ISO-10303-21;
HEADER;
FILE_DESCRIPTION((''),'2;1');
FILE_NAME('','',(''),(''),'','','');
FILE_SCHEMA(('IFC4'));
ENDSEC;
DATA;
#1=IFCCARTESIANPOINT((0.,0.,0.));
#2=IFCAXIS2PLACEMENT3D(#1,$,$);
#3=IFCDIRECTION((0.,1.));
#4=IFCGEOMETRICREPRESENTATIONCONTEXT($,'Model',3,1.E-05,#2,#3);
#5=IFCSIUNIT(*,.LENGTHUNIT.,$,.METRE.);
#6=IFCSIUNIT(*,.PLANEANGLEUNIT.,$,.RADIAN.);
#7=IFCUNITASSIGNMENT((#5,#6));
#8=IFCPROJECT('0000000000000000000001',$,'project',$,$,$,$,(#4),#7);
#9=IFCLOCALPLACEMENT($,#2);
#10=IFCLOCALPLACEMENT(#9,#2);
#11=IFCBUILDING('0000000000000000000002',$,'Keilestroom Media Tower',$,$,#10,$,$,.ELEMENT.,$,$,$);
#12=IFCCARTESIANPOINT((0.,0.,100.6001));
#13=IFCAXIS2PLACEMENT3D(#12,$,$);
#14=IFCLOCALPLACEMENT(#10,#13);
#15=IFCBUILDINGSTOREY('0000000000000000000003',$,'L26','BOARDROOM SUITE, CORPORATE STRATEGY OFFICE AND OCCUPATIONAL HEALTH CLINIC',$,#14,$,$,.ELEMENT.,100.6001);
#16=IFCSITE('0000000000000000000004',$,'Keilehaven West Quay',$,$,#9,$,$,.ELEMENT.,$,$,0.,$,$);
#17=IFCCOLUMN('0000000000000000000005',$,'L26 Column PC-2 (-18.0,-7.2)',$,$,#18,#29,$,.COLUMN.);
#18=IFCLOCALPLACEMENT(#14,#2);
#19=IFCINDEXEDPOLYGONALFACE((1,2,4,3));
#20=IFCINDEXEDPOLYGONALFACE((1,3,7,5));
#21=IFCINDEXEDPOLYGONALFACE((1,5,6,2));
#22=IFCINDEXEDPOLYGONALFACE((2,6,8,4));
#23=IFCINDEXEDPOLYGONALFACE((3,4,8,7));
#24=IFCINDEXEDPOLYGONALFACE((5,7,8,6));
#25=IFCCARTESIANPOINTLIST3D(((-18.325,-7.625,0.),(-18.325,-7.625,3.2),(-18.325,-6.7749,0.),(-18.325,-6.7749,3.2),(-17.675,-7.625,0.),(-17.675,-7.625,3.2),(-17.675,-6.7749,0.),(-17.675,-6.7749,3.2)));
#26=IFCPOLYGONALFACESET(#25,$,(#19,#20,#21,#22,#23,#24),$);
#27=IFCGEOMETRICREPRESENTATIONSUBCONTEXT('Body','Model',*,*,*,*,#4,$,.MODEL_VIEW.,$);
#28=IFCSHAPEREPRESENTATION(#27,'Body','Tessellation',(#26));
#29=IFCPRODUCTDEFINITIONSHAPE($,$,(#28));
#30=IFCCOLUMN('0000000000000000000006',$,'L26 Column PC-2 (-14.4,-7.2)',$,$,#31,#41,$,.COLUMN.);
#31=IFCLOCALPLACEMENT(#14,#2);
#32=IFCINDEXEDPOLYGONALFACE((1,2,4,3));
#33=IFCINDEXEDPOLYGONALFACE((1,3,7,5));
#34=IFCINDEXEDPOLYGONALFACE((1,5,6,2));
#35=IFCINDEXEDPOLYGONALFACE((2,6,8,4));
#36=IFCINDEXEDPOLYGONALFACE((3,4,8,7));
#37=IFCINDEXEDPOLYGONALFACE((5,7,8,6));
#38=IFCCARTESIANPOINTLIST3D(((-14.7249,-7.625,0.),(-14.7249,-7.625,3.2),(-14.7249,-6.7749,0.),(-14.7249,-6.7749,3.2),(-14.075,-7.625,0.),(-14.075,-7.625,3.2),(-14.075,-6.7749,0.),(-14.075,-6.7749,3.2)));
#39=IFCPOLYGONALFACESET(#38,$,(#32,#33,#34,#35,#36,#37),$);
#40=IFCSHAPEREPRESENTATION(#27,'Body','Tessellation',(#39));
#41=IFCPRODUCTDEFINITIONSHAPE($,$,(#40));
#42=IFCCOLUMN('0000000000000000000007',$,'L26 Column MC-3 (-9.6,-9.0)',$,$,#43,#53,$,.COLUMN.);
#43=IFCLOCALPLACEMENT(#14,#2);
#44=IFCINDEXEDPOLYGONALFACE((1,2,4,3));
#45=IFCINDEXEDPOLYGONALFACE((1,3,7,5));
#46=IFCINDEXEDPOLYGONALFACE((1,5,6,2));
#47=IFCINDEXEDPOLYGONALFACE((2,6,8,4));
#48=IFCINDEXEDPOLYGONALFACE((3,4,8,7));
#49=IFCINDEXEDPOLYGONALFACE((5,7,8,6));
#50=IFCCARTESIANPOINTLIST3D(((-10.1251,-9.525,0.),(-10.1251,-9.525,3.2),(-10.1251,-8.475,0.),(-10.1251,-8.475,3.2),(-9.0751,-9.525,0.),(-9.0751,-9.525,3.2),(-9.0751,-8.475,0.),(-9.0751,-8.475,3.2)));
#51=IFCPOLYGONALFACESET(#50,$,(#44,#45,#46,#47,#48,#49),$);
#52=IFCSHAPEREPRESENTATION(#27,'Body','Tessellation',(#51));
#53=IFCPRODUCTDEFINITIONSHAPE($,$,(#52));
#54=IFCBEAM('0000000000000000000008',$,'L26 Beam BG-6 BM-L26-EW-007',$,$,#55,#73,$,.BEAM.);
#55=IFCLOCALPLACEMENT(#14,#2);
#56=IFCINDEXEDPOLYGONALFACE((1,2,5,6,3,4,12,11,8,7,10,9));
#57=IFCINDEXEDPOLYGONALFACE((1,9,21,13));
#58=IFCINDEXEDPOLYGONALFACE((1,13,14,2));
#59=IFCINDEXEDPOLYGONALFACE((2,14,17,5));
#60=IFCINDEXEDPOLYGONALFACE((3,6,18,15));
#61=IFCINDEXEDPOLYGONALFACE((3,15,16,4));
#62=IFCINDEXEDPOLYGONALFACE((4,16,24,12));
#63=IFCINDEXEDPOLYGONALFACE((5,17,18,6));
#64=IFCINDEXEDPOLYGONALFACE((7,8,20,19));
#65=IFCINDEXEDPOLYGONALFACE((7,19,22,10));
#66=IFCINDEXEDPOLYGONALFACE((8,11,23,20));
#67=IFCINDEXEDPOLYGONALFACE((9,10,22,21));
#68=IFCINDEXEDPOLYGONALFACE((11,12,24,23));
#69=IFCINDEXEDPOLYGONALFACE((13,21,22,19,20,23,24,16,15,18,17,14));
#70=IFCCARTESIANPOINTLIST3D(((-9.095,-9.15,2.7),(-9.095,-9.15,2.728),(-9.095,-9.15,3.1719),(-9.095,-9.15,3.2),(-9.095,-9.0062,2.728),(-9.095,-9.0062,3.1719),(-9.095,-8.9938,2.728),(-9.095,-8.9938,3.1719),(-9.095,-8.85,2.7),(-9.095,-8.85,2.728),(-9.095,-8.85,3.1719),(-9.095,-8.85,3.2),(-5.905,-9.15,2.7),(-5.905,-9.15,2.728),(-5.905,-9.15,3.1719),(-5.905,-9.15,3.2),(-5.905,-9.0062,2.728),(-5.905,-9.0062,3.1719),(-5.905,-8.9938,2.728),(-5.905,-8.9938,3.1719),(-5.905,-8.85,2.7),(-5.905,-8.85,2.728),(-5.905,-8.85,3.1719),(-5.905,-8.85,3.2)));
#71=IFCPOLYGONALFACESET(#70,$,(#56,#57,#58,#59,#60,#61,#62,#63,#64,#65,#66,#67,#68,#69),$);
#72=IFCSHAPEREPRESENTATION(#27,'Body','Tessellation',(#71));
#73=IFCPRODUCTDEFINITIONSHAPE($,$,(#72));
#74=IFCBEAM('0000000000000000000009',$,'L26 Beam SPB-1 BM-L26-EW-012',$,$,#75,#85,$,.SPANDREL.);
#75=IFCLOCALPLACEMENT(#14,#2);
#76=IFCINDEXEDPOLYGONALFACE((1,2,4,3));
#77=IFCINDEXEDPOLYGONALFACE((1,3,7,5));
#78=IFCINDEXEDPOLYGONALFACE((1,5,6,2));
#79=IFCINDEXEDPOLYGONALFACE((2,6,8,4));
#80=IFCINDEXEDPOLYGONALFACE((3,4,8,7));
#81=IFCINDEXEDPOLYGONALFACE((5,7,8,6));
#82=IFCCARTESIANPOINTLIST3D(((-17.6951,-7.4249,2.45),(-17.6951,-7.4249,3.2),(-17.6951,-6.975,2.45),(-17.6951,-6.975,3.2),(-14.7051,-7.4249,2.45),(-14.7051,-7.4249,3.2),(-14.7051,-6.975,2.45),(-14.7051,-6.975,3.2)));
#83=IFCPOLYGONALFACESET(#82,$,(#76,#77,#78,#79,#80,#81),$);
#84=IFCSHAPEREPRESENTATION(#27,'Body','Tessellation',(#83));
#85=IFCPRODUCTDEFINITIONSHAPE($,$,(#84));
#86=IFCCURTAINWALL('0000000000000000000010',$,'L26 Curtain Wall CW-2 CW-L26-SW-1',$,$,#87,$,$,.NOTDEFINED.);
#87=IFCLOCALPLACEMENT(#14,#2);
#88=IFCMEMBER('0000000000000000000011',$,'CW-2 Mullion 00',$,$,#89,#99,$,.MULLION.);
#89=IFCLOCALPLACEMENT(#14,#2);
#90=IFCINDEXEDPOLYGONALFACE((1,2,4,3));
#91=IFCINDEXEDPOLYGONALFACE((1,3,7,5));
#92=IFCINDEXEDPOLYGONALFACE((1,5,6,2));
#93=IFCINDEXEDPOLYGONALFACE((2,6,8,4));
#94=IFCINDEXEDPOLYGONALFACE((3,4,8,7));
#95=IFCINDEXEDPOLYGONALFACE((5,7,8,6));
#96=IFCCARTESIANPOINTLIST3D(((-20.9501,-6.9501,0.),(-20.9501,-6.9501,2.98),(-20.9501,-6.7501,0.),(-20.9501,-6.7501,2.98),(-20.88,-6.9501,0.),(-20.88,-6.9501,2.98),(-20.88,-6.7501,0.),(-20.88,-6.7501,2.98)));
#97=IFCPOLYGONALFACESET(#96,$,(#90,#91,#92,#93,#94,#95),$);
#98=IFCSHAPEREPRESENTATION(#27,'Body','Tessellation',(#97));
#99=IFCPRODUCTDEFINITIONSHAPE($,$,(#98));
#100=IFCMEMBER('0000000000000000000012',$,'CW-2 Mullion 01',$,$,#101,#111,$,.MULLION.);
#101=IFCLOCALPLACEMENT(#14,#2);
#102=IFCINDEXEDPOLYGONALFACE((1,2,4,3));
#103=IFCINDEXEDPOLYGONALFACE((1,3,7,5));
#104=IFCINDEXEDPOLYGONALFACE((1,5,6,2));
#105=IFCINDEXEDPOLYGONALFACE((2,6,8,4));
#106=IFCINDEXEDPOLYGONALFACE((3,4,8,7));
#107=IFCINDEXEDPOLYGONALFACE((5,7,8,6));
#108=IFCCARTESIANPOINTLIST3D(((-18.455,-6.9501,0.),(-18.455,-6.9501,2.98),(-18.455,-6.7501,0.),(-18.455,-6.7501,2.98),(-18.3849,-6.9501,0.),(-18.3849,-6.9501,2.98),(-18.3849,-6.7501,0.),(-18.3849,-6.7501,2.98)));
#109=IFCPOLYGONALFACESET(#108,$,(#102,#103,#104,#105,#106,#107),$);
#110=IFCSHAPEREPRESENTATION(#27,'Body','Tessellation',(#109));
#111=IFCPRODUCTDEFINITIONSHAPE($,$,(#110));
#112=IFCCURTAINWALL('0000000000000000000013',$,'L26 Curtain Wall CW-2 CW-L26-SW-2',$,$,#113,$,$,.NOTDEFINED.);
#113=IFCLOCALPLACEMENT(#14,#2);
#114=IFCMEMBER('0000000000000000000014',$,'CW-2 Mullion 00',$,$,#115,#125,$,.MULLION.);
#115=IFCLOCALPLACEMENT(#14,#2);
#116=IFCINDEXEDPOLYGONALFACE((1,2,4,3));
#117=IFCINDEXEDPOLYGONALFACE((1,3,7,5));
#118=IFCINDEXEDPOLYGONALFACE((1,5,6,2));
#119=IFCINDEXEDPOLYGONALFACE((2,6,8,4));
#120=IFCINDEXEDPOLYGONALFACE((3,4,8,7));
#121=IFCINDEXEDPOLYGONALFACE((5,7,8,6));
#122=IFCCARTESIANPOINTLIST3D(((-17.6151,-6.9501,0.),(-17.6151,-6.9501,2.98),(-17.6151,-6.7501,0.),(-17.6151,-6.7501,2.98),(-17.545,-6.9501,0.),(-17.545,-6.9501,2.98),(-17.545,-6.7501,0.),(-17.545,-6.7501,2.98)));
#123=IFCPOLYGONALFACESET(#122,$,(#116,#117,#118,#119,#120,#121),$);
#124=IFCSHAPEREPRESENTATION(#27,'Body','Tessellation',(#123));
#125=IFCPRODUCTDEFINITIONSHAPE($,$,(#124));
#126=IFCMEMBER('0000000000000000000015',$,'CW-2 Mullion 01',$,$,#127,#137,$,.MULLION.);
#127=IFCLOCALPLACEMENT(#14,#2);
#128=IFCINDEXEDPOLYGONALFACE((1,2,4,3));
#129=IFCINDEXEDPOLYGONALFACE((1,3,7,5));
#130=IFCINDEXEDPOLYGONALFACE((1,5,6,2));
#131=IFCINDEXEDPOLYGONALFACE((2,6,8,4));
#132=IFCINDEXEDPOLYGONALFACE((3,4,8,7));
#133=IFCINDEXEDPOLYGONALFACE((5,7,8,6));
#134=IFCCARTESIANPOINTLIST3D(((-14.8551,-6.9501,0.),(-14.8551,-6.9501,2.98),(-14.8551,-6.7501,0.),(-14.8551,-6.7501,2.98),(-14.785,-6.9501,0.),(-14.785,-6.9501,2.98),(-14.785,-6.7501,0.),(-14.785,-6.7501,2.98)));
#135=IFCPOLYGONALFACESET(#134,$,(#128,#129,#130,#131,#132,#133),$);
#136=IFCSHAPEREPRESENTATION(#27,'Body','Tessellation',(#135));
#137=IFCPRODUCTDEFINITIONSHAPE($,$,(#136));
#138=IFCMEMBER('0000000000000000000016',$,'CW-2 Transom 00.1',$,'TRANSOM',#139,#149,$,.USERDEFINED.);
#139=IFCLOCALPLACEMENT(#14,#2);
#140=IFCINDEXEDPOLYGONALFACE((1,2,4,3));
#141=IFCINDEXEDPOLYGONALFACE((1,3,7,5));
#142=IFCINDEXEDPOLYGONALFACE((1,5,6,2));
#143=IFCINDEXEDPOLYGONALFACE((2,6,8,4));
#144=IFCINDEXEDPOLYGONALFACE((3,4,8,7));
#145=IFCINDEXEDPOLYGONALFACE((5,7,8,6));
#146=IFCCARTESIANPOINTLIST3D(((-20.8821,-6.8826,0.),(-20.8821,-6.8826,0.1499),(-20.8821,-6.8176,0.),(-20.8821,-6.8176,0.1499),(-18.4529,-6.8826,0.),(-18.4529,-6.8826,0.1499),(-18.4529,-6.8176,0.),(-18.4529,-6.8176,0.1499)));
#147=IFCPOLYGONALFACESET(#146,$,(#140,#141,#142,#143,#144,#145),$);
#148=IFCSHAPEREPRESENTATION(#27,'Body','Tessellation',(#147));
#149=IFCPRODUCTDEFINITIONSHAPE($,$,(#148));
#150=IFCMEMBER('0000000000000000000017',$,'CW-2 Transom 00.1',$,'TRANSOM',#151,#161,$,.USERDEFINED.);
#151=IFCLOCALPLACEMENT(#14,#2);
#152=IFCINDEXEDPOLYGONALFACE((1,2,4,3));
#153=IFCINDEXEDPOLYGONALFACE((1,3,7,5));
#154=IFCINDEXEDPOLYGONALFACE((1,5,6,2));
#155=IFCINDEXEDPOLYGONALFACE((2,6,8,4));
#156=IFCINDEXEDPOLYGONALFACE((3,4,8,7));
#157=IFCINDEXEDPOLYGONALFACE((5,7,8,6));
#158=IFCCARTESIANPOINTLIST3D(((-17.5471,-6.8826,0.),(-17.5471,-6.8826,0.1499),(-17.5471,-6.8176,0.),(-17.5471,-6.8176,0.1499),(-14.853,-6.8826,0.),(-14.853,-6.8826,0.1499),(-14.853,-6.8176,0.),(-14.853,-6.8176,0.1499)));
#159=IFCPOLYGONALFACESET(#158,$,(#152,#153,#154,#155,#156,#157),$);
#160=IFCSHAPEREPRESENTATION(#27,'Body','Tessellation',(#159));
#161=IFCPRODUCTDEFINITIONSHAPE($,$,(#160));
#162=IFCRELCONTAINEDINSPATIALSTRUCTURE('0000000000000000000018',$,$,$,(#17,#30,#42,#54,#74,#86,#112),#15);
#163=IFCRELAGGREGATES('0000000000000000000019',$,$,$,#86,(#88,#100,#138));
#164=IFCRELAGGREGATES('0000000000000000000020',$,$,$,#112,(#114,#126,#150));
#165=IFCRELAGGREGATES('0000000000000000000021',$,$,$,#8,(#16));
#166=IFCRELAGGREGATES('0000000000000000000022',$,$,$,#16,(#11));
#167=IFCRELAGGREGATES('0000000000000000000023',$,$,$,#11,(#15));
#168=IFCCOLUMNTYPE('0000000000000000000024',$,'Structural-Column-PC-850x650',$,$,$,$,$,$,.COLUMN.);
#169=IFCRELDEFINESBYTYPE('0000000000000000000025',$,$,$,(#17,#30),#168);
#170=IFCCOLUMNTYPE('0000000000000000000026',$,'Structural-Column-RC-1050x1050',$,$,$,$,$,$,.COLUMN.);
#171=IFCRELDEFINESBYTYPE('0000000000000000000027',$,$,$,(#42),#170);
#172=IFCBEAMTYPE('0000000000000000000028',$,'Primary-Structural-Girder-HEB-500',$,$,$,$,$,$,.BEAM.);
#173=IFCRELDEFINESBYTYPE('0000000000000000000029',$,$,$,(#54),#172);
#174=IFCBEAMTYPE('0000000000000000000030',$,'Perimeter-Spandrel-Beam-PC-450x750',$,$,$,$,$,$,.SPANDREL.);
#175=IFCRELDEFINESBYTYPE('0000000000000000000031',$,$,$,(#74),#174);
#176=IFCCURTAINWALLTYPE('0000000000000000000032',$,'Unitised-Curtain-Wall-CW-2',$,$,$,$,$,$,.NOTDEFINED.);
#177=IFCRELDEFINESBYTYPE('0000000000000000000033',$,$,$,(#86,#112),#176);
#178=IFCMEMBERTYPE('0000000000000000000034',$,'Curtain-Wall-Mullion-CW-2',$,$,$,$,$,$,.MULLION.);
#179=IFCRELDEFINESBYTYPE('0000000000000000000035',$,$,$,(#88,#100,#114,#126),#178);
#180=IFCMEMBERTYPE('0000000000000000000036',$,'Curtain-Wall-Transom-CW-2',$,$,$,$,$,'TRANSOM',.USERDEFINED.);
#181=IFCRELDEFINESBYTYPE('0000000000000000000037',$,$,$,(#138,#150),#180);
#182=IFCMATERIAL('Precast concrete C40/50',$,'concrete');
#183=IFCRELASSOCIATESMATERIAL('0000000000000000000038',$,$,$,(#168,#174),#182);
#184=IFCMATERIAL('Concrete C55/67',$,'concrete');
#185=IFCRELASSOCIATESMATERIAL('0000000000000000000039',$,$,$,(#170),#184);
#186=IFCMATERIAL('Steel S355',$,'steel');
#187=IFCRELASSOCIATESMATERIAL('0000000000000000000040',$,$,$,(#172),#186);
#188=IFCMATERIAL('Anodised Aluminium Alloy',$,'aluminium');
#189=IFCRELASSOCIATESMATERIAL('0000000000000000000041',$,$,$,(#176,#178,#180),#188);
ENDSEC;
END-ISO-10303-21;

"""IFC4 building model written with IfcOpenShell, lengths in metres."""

from ifc_helpers import new_model, si_unit, direction, frame, origin, origin_2d, place, context, subcontext, project, spatial, rectangle, i_section, extrude, source, transform, mapped, material, material_profile, profile_set, type_object, element, aggregate, save


model = new_model("IFC4")

# Units and contexts
model_context = context("Model", 3, precision=1e-05, world=origin(), true_north=direction((0.0, 1.0)))
body_context = subcontext(model_context, "Body", "Model", "MODEL_VIEW")
ifc_project = project(units=[si_unit("LENGTHUNIT", "METRE"), si_unit("PLANEANGLEUNIT", "RADIAN")], contexts=[model_context])

# Site, building, storey
site_placement = place(None, origin())
site = spatial("IfcSite", under=ifc_project, at=site_placement, Name="Keilehaven West Quay", CompositionType="ELEMENT", RefElevation=0.0)
building_placement = place(site_placement, origin())
building = spatial("IfcBuilding", under=site, at=building_placement, Name="Keilestroom Media Tower", CompositionType="ELEMENT")
storey_placement = place(building_placement, frame((0.0, 0.0, 100.6001)))
storey = spatial("IfcBuildingStorey", under=building, at=storey_placement, Name="L26", Description="BOARDROOM SUITE, CORPORATE STRATEGY OFFICE AND OCCUPATIONAL HEALTH CLINIC", CompositionType="ELEMENT", Elevation=100.6001)

# Columns
ifc_material_1 = material(Name="Precast concrete C40/50", Category="concrete")
ifc_material_profile_1 = material_profile(ifc_material_1, rectangle(XDim=0.6499, YDim=0.8501, at=origin_2d()), Name="PC 850x650")
ifc_profile_set_1 = profile_set([ifc_material_profile_1], Name="Precast concrete C40/50")
column_type_1 = type_object("IfcColumnType", Name="Structural-Column-PC-850x650", PredefinedType="COLUMN", material=ifc_profile_set_1)
shared_shape_1 = source(origin(), body_context, "Body", "SweptSolid", [
    extrude(rectangle(XDim=0.6499, YDim=0.8501, at=origin_2d()), origin(), (0.0, 0.0, 1.0), 3.2),
])
for number, where, z_axis, x_axis, name in (
    (1, (-18.0, -7.2, 0.0), (0.0, 0.0, 1.0), (1.0, 0.0, 0.0), "L26 Column PC-2 (-18.0,-7.2)"),
    (2, (-14.3999, -7.2, 0.0), (0.0, 0.0, 1.0), (1.0, 0.0, 0.0), "L26 Column PC-2 (-14.4,-7.2)"),
):
    element("IfcColumn", number, at=place(storey_placement, frame(where, z_axis=z_axis, x_axis=x_axis)), inside=storey, type_object=column_type_1, Name=name, PredefinedType="COLUMN", context=body_context, shape_type="MappedRepresentation", body=[
        mapped(shared_shape_1, transform((0.0, 0.0, 0.0), x_axis=(1.0, 0.0, 0.0), y_axis=(0.0, 1.0, 0.0), z_axis=(0.0, 0.0, 1.0), scale=1.0)),
    ])
ifc_material_2 = material(Name="Concrete C55/67", Category="concrete")
ifc_material_profile_2 = material_profile(ifc_material_2, rectangle(XDim=1.05, YDim=1.05, at=origin_2d()), Name="RC 1050x1050")
ifc_profile_set_2 = profile_set([ifc_material_profile_2], Name="Concrete C55/67")
column_type_2 = type_object("IfcColumnType", Name="Structural-Column-RC-1050x1050", PredefinedType="COLUMN", material=ifc_profile_set_2)
shared_shape_2 = source(origin(), body_context, "Body", "SweptSolid", [
    extrude(rectangle(XDim=1.05, YDim=1.05, at=origin_2d()), origin(), (0.0, 0.0, 1.0), 3.2),
])
column_placement = place(storey_placement, frame((-9.6001, -9.0, 0.0), z_axis=(0.0, 0.0, 1.0), x_axis=(1.0, 0.0, 0.0)))
element("IfcColumn", 3, at=column_placement, inside=storey, type_object=column_type_2, Name="L26 Column MC-3 (-9.6,-9.0)", PredefinedType="COLUMN", context=body_context, shape_type="MappedRepresentation", body=[
    mapped(shared_shape_2, transform((0.0, 0.0, 0.0), x_axis=(1.0, 0.0, 0.0), y_axis=(0.0, 1.0, 0.0), z_axis=(0.0, 0.0, 1.0), scale=1.0)),
])

# Beams
ifc_material_3 = material(Name="Steel S355", Category="steel")
ifc_material_profile_3 = material_profile(ifc_material_3, i_section(OverallWidth=0.3, OverallDepth=0.5, WebThickness=0.0125, FlangeThickness=0.0281, at=origin_2d()), Name="HEB 500")
ifc_profile_set_3 = profile_set([ifc_material_profile_3], Name="Steel S355")
beam_type_1 = type_object("IfcBeamType", Name="Primary-Structural-Girder-HEB-500", PredefinedType="BEAM", material=ifc_profile_set_3)
shared_shape_3 = source(origin(), body_context, "Body", "SweptSolid", [
    extrude(i_section(OverallWidth=0.3, OverallDepth=0.5, WebThickness=0.0125, FlangeThickness=0.0281, at=origin_2d()), origin(), (0.0, 0.0, 1.0), 3.1899),
])
beam_1_placement = place(storey_placement, frame((-9.095, -9.0, 2.95), z_axis=(1.0, 0.0, 0.0), x_axis=(0.0, 1.0, 0.0)))
element("IfcBeam", 4, at=beam_1_placement, inside=storey, type_object=beam_type_1, Name="L26 Beam BG-6 BM-L26-EW-007", PredefinedType="BEAM", context=body_context, shape_type="MappedRepresentation", body=[
    mapped(shared_shape_3, transform((0.0, 0.0, 0.0), x_axis=(1.0, 0.0, 0.0), y_axis=(0.0, 1.0, 0.0), z_axis=(0.0, 0.0, 1.0), scale=1.0)),
])
ifc_material_profile_4 = material_profile(ifc_material_1, rectangle(XDim=0.45, YDim=0.75, at=origin_2d()), Name="PC 450x750")
ifc_profile_set_4 = profile_set([ifc_material_profile_4], Name="Precast concrete C40/50")
beam_type_2 = type_object("IfcBeamType", Name="Perimeter-Spandrel-Beam-PC-450x750", PredefinedType="SPANDREL", material=ifc_profile_set_4)
shared_shape_4 = source(origin(), body_context, "Body", "SweptSolid", [
    extrude(rectangle(XDim=0.45, YDim=0.75, at=origin_2d()), origin(), (0.0, 0.0, 1.0), 2.99),
])
beam_2_placement = place(storey_placement, frame((-17.6951, -7.2, 2.825), z_axis=(1.0, 0.0, 0.0), x_axis=(0.0, 1.0, 0.0)))
element("IfcBeam", 5, at=beam_2_placement, inside=storey, type_object=beam_type_2, Name="L26 Beam SPB-1 BM-L26-EW-012", PredefinedType="SPANDREL", context=body_context, shape_type="MappedRepresentation", body=[
    mapped(shared_shape_4, transform((0.0, 0.0, 0.0), x_axis=(1.0, 0.0, 0.0), y_axis=(0.0, 1.0, 0.0), z_axis=(0.0, 0.0, 1.0), scale=1.0)),
])

# Curtain walls, members
ifc_material_4 = material(Name="Anodised Aluminium Alloy", Category="aluminium")
curtain_wall_type = type_object("IfcCurtainWallType", Name="Unitised-Curtain-Wall-CW-2", PredefinedType="NOTDEFINED", material=ifc_material_4)
curtain_wall_1_placement = place(storey_placement, origin())
curtain_wall_1 = element("IfcCurtainWall", 6, at=curtain_wall_1_placement, inside=storey, type_object=curtain_wall_type, Name="L26 Curtain Wall CW-2 CW-L26-SW-1", PredefinedType="NOTDEFINED")
ifc_material_profile_5 = material_profile(ifc_material_4, rectangle(XDim=0.0701, YDim=0.2, at=origin_2d()), Name="ALU MULLION 70x200")
ifc_profile_set_5 = profile_set([ifc_material_profile_5], Name="Anodised Aluminium Alloy")
member_type_1 = type_object("IfcMemberType", Name="Curtain-Wall-Mullion-CW-2", PredefinedType="MULLION", material=ifc_profile_set_5)
shared_shape_5 = source(origin(), body_context, "Body", "SweptSolid", [
    extrude(rectangle(XDim=0.0701, YDim=0.2, at=origin_2d()), origin(), (0.0, 0.0, 1.0), 2.98),
])
member_1_placement = place(storey_placement, frame((-20.915, -6.8501, 0.0), z_axis=(0.0, 0.0, 1.0), x_axis=(1.0, 0.0, 0.0)))
member_1 = element("IfcMember", 7, at=member_1_placement, type_object=member_type_1, Name="CW-2 Mullion 00", PredefinedType="MULLION", context=body_context, shape_type="MappedRepresentation", body=[
    mapped(shared_shape_5, transform((0.0, 0.0, 0.0), x_axis=(1.0, 0.0, 0.0), y_axis=(0.0, 1.0, 0.0), z_axis=(0.0, 0.0, 1.0), scale=1.0)),
])
member_2_placement = place(storey_placement, frame((-18.4199, -6.8501, 0.0), z_axis=(0.0, 0.0, 1.0), x_axis=(1.0, 0.0, 0.0)))
member_2 = element("IfcMember", 8, at=member_2_placement, type_object=member_type_1, Name="CW-2 Mullion 01", PredefinedType="MULLION", context=body_context, shape_type="MappedRepresentation", body=[
    mapped(shared_shape_5, transform((0.0, 0.0, 0.0), x_axis=(1.0, 0.0, 0.0), y_axis=(0.0, 1.0, 0.0), z_axis=(0.0, 0.0, 1.0), scale=1.0)),
])
curtain_wall_2_placement = place(storey_placement, origin())
curtain_wall_2 = element("IfcCurtainWall", 9, at=curtain_wall_2_placement, inside=storey, type_object=curtain_wall_type, Name="L26 Curtain Wall CW-2 CW-L26-SW-2", PredefinedType="NOTDEFINED")
member_3_placement = place(storey_placement, frame((-17.5801, -6.8501, 0.0), z_axis=(0.0, 0.0, 1.0), x_axis=(1.0, 0.0, 0.0)))
member_3 = element("IfcMember", 10, at=member_3_placement, type_object=member_type_1, Name="CW-2 Mullion 00", PredefinedType="MULLION", context=body_context, shape_type="MappedRepresentation", body=[
    mapped(shared_shape_5, transform((0.0, 0.0, 0.0), x_axis=(1.0, 0.0, 0.0), y_axis=(0.0, 1.0, 0.0), z_axis=(0.0, 0.0, 1.0), scale=1.0)),
])
member_4_placement = place(storey_placement, frame((-14.8201, -6.8501, 0.0), z_axis=(0.0, 0.0, 1.0), x_axis=(1.0, 0.0, 0.0)))
member_4 = element("IfcMember", 11, at=member_4_placement, type_object=member_type_1, Name="CW-2 Mullion 01", PredefinedType="MULLION", context=body_context, shape_type="MappedRepresentation", body=[
    mapped(shared_shape_5, transform((0.0, 0.0, 0.0), x_axis=(1.0, 0.0, 0.0), y_axis=(0.0, 1.0, 0.0), z_axis=(0.0, 0.0, 1.0), scale=1.0)),
])

# Members
ifc_material_profile_6 = material_profile(ifc_material_4, rectangle(XDim=0.0649, YDim=0.1499, at=origin_2d()), Name="ALU TRANSOM 65x150")
ifc_profile_set_6 = profile_set([ifc_material_profile_6], Name="Anodised Aluminium Alloy")
member_type_2 = type_object("IfcMemberType", Name="Curtain-Wall-Transom-CW-2", ElementType="TRANSOM", PredefinedType="USERDEFINED", material=ifc_profile_set_6)
shared_shape_6 = source(origin(), body_context, "Body", "SweptSolid", [
    extrude(rectangle(XDim=0.0649, YDim=0.1499, at=origin_2d()), origin(), (0.0, 0.0, 1.0), 2.4292),
])
member_5_placement = place(storey_placement, frame((-20.8821, -6.8501, 0.075), z_axis=(1.0, 0.0, 0.0), x_axis=(0.0, 1.0, 0.0)))
member_5 = element("IfcMember", 12, at=member_5_placement, type_object=member_type_2, Name="CW-2 Transom 00.1", ObjectType="TRANSOM", PredefinedType="USERDEFINED", context=body_context, shape_type="MappedRepresentation", body=[
    mapped(shared_shape_6, transform((0.0, 0.0, 0.0), x_axis=(1.0, 0.0, 0.0), y_axis=(0.0, 1.0, 0.0), z_axis=(0.0, 0.0, 1.0), scale=1.0)),
])
shared_shape_7 = source(origin(), body_context, "Body", "SweptSolid", [
    extrude(rectangle(XDim=0.0649, YDim=0.1499, at=origin_2d()), origin(), (0.0, 0.0, 1.0), 2.6941),
])
member_6_placement = place(storey_placement, frame((-17.5471, -6.8501, 0.075), z_axis=(1.0, 0.0, 0.0), x_axis=(0.0, 1.0, 0.0)))
member_6 = element("IfcMember", 13, at=member_6_placement, type_object=member_type_2, Name="CW-2 Transom 00.1", ObjectType="TRANSOM", PredefinedType="USERDEFINED", context=body_context, shape_type="MappedRepresentation", body=[
    mapped(shared_shape_7, transform((0.0, 0.0, 0.0), x_axis=(1.0, 0.0, 0.0), y_axis=(0.0, 1.0, 0.0), z_axis=(0.0, 0.0, 1.0), scale=1.0)),
])

aggregate(curtain_wall_1, [member_1, member_2, member_5])
aggregate(curtain_wall_2, [member_3, member_4, member_6])

save(model, "model.ifc")
